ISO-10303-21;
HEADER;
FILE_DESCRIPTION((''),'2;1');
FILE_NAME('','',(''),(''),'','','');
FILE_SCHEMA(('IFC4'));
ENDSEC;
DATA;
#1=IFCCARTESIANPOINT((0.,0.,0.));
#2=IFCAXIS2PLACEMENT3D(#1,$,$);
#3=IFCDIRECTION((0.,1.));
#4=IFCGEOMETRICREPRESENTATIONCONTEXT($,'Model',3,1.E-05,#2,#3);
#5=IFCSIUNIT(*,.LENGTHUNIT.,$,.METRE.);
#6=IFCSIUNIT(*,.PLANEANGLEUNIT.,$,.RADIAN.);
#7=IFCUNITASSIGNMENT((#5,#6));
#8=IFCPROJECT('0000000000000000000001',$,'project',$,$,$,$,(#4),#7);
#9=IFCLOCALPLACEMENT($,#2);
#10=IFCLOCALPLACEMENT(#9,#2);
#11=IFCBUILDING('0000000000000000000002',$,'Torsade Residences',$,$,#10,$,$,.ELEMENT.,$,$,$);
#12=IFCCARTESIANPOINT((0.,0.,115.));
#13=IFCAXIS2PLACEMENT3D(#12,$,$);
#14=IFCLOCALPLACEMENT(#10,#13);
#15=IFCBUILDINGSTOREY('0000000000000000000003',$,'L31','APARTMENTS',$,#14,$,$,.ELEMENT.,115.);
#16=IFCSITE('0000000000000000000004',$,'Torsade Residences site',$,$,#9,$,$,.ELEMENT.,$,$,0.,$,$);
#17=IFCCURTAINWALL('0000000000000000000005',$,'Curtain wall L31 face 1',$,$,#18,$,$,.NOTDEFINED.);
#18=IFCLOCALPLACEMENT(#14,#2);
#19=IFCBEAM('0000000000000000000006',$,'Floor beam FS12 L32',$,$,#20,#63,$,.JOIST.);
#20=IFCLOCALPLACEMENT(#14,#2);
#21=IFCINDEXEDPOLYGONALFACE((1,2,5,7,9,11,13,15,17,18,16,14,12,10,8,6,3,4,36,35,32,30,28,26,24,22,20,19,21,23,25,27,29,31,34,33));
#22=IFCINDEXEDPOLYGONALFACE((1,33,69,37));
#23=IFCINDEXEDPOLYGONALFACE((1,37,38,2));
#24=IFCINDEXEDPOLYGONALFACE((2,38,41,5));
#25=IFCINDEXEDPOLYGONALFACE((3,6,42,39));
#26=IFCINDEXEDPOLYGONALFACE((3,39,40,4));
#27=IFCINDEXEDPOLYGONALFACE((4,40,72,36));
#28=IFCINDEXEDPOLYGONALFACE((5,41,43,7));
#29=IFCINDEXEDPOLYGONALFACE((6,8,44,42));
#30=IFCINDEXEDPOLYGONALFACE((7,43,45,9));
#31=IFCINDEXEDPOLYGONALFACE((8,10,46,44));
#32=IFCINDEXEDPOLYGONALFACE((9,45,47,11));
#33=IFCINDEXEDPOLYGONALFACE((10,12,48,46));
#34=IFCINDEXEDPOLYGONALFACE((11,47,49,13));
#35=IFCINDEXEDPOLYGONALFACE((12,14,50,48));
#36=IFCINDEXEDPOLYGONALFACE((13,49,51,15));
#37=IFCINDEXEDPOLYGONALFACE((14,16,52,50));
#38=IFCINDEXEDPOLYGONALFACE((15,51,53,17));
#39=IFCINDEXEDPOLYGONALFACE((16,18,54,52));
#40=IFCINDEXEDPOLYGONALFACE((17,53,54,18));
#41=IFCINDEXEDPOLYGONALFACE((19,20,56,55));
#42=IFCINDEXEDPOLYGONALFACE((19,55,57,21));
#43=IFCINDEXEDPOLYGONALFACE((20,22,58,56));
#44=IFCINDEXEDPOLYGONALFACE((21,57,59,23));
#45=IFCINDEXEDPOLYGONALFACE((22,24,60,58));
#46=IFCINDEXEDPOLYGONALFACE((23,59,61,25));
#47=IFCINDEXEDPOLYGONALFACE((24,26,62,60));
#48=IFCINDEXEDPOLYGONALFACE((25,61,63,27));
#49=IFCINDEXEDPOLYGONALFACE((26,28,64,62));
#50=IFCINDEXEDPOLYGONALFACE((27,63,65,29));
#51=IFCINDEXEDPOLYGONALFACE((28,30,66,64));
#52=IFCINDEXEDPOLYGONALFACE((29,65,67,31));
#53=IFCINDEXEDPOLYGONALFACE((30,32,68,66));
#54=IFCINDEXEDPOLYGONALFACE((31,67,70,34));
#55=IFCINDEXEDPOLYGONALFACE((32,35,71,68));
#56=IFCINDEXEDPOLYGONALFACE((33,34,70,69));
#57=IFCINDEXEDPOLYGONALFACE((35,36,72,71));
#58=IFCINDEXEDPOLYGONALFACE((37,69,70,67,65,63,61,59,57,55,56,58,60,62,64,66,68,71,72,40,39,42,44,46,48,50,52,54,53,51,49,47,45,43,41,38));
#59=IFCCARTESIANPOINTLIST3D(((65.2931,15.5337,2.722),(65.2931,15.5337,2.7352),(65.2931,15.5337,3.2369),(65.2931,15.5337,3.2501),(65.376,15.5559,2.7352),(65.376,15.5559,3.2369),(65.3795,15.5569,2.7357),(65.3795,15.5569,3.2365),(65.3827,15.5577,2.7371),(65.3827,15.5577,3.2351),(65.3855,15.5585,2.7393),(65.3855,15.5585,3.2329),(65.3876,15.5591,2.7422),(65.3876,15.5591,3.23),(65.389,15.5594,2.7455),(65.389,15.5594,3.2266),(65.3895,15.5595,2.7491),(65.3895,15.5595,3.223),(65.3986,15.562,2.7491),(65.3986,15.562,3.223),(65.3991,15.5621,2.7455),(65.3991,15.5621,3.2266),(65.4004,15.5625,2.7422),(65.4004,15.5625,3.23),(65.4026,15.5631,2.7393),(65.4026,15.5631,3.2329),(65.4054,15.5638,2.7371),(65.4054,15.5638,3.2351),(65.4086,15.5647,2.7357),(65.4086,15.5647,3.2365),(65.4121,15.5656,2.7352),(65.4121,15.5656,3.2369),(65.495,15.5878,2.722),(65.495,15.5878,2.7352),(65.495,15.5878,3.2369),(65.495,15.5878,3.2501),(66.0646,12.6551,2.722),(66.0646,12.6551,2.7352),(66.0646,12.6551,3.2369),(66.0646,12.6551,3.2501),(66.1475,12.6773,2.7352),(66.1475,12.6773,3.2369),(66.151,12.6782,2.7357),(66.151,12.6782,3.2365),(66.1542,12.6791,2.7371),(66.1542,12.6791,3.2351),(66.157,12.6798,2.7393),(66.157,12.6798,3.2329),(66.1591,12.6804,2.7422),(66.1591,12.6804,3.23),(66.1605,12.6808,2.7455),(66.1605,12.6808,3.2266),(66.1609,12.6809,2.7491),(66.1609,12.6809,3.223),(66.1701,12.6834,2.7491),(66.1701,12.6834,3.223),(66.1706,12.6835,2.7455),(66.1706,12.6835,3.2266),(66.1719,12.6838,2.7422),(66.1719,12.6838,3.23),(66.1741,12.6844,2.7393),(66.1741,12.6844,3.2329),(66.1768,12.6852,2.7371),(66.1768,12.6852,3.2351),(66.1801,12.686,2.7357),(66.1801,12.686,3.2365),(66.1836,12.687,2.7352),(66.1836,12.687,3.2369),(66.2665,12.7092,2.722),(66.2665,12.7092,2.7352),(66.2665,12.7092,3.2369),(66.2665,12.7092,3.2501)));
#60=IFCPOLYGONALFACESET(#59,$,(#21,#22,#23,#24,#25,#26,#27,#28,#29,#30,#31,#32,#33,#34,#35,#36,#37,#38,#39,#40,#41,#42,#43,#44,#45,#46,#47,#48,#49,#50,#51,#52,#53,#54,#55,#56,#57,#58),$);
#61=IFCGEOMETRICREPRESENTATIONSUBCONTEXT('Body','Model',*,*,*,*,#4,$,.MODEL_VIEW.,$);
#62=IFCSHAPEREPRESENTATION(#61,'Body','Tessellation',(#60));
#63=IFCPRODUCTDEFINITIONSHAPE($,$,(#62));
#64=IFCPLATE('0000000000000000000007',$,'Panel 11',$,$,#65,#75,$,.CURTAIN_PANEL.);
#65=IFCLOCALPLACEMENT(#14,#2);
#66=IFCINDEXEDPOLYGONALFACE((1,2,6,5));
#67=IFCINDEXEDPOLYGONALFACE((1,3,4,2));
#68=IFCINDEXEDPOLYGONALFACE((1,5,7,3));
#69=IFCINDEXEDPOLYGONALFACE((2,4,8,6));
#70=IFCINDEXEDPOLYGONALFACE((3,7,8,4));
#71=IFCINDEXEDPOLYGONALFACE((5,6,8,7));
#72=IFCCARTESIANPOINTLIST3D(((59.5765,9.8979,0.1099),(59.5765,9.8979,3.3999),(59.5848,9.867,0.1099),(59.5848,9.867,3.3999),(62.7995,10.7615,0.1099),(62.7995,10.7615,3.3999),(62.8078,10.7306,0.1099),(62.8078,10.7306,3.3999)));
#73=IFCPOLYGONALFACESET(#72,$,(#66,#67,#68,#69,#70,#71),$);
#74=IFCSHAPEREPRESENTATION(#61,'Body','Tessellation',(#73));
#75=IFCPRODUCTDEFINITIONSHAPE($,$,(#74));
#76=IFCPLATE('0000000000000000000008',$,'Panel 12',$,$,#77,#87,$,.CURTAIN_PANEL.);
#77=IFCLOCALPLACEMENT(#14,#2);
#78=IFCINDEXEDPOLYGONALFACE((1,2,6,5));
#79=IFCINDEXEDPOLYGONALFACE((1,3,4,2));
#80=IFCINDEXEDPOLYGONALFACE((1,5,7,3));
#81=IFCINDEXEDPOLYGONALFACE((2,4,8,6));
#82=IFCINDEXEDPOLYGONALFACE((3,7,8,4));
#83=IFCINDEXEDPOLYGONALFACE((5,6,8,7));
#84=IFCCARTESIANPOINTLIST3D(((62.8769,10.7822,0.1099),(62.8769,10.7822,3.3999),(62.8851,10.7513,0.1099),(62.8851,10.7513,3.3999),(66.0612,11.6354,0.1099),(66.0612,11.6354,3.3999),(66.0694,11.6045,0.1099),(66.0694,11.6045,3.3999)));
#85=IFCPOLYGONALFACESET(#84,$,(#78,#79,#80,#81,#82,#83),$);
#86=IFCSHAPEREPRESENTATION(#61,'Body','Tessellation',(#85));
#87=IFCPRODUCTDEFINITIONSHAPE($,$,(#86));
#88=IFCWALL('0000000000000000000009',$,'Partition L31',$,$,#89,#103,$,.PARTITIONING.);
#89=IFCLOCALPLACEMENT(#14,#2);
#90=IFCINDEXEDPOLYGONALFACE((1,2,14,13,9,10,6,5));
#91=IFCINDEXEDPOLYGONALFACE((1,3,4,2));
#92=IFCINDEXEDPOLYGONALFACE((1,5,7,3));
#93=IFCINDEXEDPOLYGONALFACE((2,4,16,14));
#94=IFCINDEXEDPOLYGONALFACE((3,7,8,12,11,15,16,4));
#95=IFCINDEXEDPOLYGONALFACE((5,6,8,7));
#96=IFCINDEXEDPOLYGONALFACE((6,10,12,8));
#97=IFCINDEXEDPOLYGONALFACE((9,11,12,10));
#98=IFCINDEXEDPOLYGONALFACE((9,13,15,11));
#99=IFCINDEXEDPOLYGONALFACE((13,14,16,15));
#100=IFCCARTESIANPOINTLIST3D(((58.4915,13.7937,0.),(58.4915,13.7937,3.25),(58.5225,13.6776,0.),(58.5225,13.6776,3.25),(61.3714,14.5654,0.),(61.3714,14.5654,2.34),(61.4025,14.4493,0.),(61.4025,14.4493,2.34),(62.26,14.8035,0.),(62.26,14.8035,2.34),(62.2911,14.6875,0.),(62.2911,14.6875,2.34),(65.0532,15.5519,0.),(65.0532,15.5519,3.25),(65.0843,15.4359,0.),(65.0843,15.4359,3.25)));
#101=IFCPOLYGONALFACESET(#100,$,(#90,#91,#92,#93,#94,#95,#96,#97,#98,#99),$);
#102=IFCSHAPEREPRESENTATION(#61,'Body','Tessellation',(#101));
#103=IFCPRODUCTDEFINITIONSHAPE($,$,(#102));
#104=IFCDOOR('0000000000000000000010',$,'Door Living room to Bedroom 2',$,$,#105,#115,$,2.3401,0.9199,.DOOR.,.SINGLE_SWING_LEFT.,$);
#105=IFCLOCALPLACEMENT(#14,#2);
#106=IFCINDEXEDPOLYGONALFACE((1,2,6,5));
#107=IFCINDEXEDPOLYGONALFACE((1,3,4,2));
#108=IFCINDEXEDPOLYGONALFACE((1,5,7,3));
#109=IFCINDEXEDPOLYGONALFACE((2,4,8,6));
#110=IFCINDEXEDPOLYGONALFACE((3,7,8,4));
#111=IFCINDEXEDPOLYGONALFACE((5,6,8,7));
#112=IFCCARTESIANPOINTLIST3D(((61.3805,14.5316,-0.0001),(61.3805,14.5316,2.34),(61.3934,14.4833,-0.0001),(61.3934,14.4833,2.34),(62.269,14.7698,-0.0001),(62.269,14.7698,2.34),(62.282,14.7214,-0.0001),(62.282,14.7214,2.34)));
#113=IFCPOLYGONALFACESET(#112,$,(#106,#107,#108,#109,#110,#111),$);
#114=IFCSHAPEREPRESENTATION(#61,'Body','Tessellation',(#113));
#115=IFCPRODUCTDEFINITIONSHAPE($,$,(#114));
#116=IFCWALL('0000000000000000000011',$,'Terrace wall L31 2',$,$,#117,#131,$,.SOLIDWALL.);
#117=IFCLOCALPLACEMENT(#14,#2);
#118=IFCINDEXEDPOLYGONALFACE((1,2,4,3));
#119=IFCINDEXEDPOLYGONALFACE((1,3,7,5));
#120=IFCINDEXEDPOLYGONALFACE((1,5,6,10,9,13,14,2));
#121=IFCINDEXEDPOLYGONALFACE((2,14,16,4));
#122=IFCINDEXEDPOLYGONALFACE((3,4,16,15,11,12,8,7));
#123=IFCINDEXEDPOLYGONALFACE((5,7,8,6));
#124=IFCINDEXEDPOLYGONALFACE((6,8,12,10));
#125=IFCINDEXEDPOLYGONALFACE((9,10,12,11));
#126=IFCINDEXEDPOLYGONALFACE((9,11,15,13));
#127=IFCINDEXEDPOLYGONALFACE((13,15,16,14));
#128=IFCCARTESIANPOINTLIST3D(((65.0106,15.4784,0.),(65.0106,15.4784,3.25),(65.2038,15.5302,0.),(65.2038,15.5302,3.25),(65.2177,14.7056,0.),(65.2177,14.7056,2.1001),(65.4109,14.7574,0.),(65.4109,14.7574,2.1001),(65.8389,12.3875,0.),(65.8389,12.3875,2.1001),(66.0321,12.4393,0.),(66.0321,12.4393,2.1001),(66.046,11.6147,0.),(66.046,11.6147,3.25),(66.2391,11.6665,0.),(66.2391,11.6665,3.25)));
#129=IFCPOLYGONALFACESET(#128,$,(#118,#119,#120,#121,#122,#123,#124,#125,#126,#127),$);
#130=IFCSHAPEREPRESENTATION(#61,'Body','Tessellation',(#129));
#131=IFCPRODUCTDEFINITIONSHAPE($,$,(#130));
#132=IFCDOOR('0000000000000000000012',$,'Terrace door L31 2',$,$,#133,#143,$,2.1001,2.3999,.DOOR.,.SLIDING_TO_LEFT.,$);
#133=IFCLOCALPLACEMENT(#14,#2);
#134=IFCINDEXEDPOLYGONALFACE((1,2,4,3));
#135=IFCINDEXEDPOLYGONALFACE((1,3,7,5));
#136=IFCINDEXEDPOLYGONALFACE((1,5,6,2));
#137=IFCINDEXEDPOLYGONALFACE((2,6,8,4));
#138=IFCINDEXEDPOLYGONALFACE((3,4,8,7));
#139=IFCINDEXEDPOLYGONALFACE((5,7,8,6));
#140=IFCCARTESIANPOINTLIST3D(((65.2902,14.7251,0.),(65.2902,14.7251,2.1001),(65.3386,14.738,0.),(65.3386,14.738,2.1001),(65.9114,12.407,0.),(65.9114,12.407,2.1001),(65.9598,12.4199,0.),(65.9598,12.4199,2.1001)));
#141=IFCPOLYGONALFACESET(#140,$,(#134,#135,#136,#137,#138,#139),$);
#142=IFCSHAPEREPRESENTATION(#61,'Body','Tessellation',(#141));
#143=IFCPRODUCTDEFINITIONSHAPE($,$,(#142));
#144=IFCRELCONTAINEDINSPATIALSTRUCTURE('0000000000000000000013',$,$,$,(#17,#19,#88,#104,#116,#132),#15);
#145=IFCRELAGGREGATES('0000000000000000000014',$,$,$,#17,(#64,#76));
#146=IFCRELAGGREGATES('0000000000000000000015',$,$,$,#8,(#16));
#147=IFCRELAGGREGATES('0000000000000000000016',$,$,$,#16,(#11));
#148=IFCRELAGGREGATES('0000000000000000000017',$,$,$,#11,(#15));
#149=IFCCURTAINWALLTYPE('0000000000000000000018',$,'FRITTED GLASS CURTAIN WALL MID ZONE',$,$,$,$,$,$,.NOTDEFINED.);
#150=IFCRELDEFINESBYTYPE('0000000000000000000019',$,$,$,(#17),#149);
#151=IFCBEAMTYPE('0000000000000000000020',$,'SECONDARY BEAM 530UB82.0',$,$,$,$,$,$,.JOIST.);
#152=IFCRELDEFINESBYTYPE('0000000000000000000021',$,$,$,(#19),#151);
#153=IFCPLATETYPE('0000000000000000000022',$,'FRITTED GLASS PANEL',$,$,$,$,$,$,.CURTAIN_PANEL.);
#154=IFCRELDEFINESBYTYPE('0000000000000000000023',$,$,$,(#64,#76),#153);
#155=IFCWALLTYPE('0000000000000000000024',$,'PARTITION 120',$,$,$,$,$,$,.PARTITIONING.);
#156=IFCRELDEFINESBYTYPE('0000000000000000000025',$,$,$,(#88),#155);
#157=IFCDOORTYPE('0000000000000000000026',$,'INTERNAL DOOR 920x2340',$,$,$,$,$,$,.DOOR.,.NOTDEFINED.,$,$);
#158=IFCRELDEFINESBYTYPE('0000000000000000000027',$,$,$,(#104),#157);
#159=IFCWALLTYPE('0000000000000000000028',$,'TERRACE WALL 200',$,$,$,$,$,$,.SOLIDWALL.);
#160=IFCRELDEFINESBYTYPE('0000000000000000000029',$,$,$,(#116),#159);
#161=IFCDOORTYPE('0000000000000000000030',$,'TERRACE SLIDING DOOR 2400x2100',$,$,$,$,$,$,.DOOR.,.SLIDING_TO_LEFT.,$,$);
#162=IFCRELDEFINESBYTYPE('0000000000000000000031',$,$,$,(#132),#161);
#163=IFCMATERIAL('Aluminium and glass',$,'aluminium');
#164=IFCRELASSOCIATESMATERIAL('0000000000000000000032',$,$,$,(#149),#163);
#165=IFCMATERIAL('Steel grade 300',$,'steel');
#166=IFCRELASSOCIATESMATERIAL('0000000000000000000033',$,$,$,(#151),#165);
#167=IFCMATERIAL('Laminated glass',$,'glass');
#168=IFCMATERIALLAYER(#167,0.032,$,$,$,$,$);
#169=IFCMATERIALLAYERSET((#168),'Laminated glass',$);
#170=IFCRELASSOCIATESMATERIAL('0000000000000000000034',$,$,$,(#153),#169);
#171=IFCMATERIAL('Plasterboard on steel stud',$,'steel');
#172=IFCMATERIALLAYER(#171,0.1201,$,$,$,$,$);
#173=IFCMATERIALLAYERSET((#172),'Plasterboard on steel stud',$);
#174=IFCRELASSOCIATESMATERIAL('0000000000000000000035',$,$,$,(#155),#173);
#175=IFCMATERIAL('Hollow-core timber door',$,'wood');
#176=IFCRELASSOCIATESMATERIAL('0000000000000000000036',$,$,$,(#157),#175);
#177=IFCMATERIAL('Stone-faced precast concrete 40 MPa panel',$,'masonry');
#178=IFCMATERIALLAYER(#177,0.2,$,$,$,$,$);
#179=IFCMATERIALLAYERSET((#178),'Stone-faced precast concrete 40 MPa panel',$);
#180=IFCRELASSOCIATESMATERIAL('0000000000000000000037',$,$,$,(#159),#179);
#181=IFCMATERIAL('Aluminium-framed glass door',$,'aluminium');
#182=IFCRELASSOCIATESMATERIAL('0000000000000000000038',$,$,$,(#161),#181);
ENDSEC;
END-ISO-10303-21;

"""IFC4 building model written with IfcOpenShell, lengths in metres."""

from ifc_helpers import new_model, si_unit, direction, frame, frame_2d, origin, origin_2d, place, context, subcontext, project, spatial, rectangle, i_section, extrude, material, layer, layer_set, material_profile, profile_set, type_object, element, fill, aggregate, save


model = new_model("IFC4")

# Units and contexts
model_context = context("Model", 3, precision=1e-05, world=origin(), true_north=direction((0.0, 1.0)))
body_context = subcontext(model_context, "Body", "Model", "MODEL_VIEW")
ifc_project = project(units=[si_unit("LENGTHUNIT", "METRE"), si_unit("PLANEANGLEUNIT", "RADIAN")], contexts=[model_context])

# Site, building, storey
site_placement = place(None, origin())
site = spatial("IfcSite", under=ifc_project, at=site_placement, Name="Torsade Residences site", CompositionType="ELEMENT", RefElevation=0.0)
building_placement = place(site_placement, origin())
building = spatial("IfcBuilding", under=site, at=building_placement, Name="Torsade Residences", CompositionType="ELEMENT")
storey_placement = place(building_placement, frame((0.0, 0.0, 115.0)))
storey = spatial("IfcBuildingStorey", under=building, at=storey_placement, Name="L31", Description="APARTMENTS", CompositionType="ELEMENT", Elevation=115.0)

# Curtain wall
ifc_material_1 = material(Name="Aluminium and glass", Category="aluminium")
curtain_wall_type = type_object("IfcCurtainWallType", Name="FRITTED GLASS CURTAIN WALL MID ZONE", PredefinedType="NOTDEFINED", material=ifc_material_1)
curtain_wall_placement = place(storey_placement, origin())
curtain_wall = element("IfcCurtainWall", 1, at=curtain_wall_placement, inside=storey, type_object=curtain_wall_type, Name="Curtain wall L31 face 1", PredefinedType="NOTDEFINED")

# Beam
ifc_material_2 = material(Name="Steel grade 300", Category="steel")
ifc_material_profile_1 = material_profile(ifc_material_2, i_section(OverallWidth=0.209, OverallDepth=0.5281, WebThickness=0.0095, FlangeThickness=0.0132, FilletRadius=0.0139, at=origin_2d()), Name="530UB82.0")
ifc_profile_set_1 = profile_set([ifc_material_profile_1], Name="Steel grade 300")
beam_type_1 = type_object("IfcBeamType", Name="SECONDARY BEAM 530UB82.0", PredefinedType="JOIST", material=ifc_profile_set_1)
beam_1_placement = place(storey_placement, frame((66.1655, 12.6821, 2.9861), z_axis=(-0.258866, 0.965913, 0.0), x_axis=(-0.965913, -0.258866, 0.0)))
element("IfcBeam", 2, at=beam_1_placement, inside=storey, type_object=beam_type_1, Name="Floor beam FS12 L32", PredefinedType="JOIST", context=body_context, shape_type="SweptSolid", body=[
    extrude(i_section(OverallWidth=0.209, OverallDepth=0.5281, WebThickness=0.0095, FlangeThickness=0.0132, FilletRadius=0.0139, at=origin_2d()), origin(), (0.0, 0.0, 1.0), 2.9802),
])

# Plates
ifc_material_3 = material(Name="Laminated glass", Category="glass")
ifc_layer_1 = layer(ifc_material_3, 0.032)
ifc_layer_set_1 = layer_set([ifc_layer_1], Name="Laminated glass")
plate_type = type_object("IfcPlateType", Name="FRITTED GLASS PANEL", PredefinedType="CURTAIN_PANEL", material=ifc_layer_set_1)
plate_1_placement = place(storey_placement, frame((61.1921, 10.3142, 0.1099), z_axis=(0.0, 0.0, 1.0), x_axis=(0.965926, 0.258819, 0.0)))
plate_1 = element("IfcPlate", 3, at=plate_1_placement, type_object=plate_type, Name="Panel 11", PredefinedType="CURTAIN_PANEL", context=body_context, shape_type="SweptSolid", body=[
    extrude(rectangle(XDim=3.3367, YDim=0.032, at=origin_2d()), origin(), (0.0, 0.0, 1.0), 3.29),
])
plate_2_placement = place(storey_placement, frame((64.4731, 11.1934, 0.1099), z_axis=(0.0, 0.0, 1.0), x_axis=(0.965926, 0.258819, 0.0)))
plate_2 = element("IfcPlate", 4, at=plate_2_placement, type_object=plate_type, Name="Panel 12", PredefinedType="CURTAIN_PANEL", context=body_context, shape_type="SweptSolid", body=[
    extrude(rectangle(XDim=3.2966, YDim=0.032, at=origin_2d()), origin(), (0.0, 0.0, 1.0), 3.29),
])
aggregate(curtain_wall, [plate_1, plate_2])

# Walls, openings, doors
ifc_material_4 = material(Name="Plasterboard on steel stud", Category="steel")
ifc_layer_2 = layer(ifc_material_4, 0.1201)
ifc_layer_set_2 = layer_set([ifc_layer_2], Name="Plasterboard on steel stud")
wall_type_1 = type_object("IfcWallType", Name="PARTITION 120", PredefinedType="PARTITIONING", material=ifc_layer_set_2)
wall_1_placement = place(storey_placement, frame((65.0686, 15.4939, 0.0), z_axis=(0.0, 0.0, 1.0), x_axis=(-0.965923, -0.25883, 0.0)))
wall_1 = element("IfcWall", 5, at=wall_1_placement, inside=storey, type_object=wall_type_1, Name="Partition L31", PredefinedType="PARTITIONING", context=body_context, shape_type="SweptSolid", body=[
    extrude(rectangle(XDim=6.7932, YDim=0.1201, at=frame_2d((3.3965, 0.0))), origin(), (0.0, 0.0, 1.0), 3.25),
])
opening_1_placement = place(wall_1_placement, frame((2.8916, 0.0, 0.0)))
opening_1 = element("IfcOpeningElement", 6, at=opening_1_placement, cuts=wall_1, PredefinedType="OPENING", context=body_context, shape_type="SweptSolid", body=[
    extrude(rectangle(XDim=0.9199, YDim=2.3401, at=frame_2d((0.46, 1.1699))), frame((0.0, 0.0701, 0.0), z_axis=(0.0, -1.0, 0.0), x_axis=(1.0, 0.0, 0.0)), (0.0, 0.0, 1.0), 0.1401),
])
ifc_material_5 = material(Name="Hollow-core timber door", Category="wood")
door_type_1 = type_object("IfcDoorType", Name="INTERNAL DOOR 920x2340", OperationType="NOTDEFINED", PredefinedType="DOOR", material=ifc_material_5)
door_1_placement = place(opening_1_placement, origin())
door_1 = element("IfcDoor", 7, at=door_1_placement, inside=storey, type_object=door_type_1, Name="Door Living room to Bedroom 2", OperationType="SINGLE_SWING_LEFT", OverallHeight=2.3401, OverallWidth=0.9199, PredefinedType="DOOR", context=body_context, shape_type="SweptSolid", body=[
    extrude(rectangle(XDim=0.9199, YDim=2.3401, at=frame_2d((0.46, 1.1699))), frame((0.0, 0.0249, 0.0), z_axis=(0.0, -1.0, 0.0), x_axis=(1.0, 0.0, 0.0)), (0.0, 0.0, 1.0), 0.05),
])
fill(opening_1, door_1)
ifc_material_6 = material(Name="Stone-faced precast concrete 40 MPa panel", Category="masonry")
ifc_layer_3 = layer(ifc_material_6, 0.2)
ifc_layer_set_3 = layer_set([ifc_layer_3], Name="Stone-faced precast concrete 40 MPa panel")
wall_type_2 = type_object("IfcWallType", Name="TERRACE WALL 200", PredefinedType="SOLIDWALL", material=ifc_layer_set_3)
wall_2_placement = place(storey_placement, frame((66.1426, 11.6406, 0.0), z_axis=(0.0, 0.0, 1.0), x_axis=(-0.258844, 0.965919, 0.0)))
wall_2 = element("IfcWall", 8, at=wall_2_placement, inside=storey, type_object=wall_type_2, Name="Terrace wall L31 2", PredefinedType="SOLIDWALL", context=body_context, shape_type="SweptSolid", body=[
    extrude(rectangle(XDim=4.0, YDim=0.2, at=frame_2d((2.0, 0.0))), origin(), (0.0, 0.0, 1.0), 3.25),
])
opening_2_placement = place(wall_2_placement, frame((0.8, 0.0, 0.0)))
opening_2 = element("IfcOpeningElement", 9, at=opening_2_placement, cuts=wall_2, PredefinedType="OPENING", context=body_context, shape_type="SweptSolid", body=[
    extrude(rectangle(XDim=2.3999, YDim=2.1001, at=frame_2d((1.2, 1.05))), frame((0.0, 0.1099, 0.0), z_axis=(0.0, -1.0, 0.0), x_axis=(1.0, 0.0, 0.0)), (0.0, 0.0, 1.0), 0.22),
])
ifc_material_7 = material(Name="Aluminium-framed glass door", Category="aluminium")
door_type_2 = type_object("IfcDoorType", Name="TERRACE SLIDING DOOR 2400x2100", OperationType="SLIDING_TO_LEFT", PredefinedType="DOOR", material=ifc_material_7)
door_2_placement = place(opening_2_placement, origin())
door_2 = element("IfcDoor", 10, at=door_2_placement, inside=storey, type_object=door_type_2, Name="Terrace door L31 2", OperationType="SLIDING_TO_LEFT", OverallHeight=2.1001, OverallWidth=2.3999, PredefinedType="DOOR", context=body_context, shape_type="SweptSolid", body=[
    extrude(rectangle(XDim=2.3999, YDim=2.1001, at=frame_2d((1.2, 1.05))), frame((0.0, 0.0249, 0.0), z_axis=(0.0, -1.0, 0.0), x_axis=(1.0, 0.0, 0.0)), (0.0, 0.0, 1.0), 0.05),
])
fill(opening_2, door_2)

save(model, "model.ifc")
